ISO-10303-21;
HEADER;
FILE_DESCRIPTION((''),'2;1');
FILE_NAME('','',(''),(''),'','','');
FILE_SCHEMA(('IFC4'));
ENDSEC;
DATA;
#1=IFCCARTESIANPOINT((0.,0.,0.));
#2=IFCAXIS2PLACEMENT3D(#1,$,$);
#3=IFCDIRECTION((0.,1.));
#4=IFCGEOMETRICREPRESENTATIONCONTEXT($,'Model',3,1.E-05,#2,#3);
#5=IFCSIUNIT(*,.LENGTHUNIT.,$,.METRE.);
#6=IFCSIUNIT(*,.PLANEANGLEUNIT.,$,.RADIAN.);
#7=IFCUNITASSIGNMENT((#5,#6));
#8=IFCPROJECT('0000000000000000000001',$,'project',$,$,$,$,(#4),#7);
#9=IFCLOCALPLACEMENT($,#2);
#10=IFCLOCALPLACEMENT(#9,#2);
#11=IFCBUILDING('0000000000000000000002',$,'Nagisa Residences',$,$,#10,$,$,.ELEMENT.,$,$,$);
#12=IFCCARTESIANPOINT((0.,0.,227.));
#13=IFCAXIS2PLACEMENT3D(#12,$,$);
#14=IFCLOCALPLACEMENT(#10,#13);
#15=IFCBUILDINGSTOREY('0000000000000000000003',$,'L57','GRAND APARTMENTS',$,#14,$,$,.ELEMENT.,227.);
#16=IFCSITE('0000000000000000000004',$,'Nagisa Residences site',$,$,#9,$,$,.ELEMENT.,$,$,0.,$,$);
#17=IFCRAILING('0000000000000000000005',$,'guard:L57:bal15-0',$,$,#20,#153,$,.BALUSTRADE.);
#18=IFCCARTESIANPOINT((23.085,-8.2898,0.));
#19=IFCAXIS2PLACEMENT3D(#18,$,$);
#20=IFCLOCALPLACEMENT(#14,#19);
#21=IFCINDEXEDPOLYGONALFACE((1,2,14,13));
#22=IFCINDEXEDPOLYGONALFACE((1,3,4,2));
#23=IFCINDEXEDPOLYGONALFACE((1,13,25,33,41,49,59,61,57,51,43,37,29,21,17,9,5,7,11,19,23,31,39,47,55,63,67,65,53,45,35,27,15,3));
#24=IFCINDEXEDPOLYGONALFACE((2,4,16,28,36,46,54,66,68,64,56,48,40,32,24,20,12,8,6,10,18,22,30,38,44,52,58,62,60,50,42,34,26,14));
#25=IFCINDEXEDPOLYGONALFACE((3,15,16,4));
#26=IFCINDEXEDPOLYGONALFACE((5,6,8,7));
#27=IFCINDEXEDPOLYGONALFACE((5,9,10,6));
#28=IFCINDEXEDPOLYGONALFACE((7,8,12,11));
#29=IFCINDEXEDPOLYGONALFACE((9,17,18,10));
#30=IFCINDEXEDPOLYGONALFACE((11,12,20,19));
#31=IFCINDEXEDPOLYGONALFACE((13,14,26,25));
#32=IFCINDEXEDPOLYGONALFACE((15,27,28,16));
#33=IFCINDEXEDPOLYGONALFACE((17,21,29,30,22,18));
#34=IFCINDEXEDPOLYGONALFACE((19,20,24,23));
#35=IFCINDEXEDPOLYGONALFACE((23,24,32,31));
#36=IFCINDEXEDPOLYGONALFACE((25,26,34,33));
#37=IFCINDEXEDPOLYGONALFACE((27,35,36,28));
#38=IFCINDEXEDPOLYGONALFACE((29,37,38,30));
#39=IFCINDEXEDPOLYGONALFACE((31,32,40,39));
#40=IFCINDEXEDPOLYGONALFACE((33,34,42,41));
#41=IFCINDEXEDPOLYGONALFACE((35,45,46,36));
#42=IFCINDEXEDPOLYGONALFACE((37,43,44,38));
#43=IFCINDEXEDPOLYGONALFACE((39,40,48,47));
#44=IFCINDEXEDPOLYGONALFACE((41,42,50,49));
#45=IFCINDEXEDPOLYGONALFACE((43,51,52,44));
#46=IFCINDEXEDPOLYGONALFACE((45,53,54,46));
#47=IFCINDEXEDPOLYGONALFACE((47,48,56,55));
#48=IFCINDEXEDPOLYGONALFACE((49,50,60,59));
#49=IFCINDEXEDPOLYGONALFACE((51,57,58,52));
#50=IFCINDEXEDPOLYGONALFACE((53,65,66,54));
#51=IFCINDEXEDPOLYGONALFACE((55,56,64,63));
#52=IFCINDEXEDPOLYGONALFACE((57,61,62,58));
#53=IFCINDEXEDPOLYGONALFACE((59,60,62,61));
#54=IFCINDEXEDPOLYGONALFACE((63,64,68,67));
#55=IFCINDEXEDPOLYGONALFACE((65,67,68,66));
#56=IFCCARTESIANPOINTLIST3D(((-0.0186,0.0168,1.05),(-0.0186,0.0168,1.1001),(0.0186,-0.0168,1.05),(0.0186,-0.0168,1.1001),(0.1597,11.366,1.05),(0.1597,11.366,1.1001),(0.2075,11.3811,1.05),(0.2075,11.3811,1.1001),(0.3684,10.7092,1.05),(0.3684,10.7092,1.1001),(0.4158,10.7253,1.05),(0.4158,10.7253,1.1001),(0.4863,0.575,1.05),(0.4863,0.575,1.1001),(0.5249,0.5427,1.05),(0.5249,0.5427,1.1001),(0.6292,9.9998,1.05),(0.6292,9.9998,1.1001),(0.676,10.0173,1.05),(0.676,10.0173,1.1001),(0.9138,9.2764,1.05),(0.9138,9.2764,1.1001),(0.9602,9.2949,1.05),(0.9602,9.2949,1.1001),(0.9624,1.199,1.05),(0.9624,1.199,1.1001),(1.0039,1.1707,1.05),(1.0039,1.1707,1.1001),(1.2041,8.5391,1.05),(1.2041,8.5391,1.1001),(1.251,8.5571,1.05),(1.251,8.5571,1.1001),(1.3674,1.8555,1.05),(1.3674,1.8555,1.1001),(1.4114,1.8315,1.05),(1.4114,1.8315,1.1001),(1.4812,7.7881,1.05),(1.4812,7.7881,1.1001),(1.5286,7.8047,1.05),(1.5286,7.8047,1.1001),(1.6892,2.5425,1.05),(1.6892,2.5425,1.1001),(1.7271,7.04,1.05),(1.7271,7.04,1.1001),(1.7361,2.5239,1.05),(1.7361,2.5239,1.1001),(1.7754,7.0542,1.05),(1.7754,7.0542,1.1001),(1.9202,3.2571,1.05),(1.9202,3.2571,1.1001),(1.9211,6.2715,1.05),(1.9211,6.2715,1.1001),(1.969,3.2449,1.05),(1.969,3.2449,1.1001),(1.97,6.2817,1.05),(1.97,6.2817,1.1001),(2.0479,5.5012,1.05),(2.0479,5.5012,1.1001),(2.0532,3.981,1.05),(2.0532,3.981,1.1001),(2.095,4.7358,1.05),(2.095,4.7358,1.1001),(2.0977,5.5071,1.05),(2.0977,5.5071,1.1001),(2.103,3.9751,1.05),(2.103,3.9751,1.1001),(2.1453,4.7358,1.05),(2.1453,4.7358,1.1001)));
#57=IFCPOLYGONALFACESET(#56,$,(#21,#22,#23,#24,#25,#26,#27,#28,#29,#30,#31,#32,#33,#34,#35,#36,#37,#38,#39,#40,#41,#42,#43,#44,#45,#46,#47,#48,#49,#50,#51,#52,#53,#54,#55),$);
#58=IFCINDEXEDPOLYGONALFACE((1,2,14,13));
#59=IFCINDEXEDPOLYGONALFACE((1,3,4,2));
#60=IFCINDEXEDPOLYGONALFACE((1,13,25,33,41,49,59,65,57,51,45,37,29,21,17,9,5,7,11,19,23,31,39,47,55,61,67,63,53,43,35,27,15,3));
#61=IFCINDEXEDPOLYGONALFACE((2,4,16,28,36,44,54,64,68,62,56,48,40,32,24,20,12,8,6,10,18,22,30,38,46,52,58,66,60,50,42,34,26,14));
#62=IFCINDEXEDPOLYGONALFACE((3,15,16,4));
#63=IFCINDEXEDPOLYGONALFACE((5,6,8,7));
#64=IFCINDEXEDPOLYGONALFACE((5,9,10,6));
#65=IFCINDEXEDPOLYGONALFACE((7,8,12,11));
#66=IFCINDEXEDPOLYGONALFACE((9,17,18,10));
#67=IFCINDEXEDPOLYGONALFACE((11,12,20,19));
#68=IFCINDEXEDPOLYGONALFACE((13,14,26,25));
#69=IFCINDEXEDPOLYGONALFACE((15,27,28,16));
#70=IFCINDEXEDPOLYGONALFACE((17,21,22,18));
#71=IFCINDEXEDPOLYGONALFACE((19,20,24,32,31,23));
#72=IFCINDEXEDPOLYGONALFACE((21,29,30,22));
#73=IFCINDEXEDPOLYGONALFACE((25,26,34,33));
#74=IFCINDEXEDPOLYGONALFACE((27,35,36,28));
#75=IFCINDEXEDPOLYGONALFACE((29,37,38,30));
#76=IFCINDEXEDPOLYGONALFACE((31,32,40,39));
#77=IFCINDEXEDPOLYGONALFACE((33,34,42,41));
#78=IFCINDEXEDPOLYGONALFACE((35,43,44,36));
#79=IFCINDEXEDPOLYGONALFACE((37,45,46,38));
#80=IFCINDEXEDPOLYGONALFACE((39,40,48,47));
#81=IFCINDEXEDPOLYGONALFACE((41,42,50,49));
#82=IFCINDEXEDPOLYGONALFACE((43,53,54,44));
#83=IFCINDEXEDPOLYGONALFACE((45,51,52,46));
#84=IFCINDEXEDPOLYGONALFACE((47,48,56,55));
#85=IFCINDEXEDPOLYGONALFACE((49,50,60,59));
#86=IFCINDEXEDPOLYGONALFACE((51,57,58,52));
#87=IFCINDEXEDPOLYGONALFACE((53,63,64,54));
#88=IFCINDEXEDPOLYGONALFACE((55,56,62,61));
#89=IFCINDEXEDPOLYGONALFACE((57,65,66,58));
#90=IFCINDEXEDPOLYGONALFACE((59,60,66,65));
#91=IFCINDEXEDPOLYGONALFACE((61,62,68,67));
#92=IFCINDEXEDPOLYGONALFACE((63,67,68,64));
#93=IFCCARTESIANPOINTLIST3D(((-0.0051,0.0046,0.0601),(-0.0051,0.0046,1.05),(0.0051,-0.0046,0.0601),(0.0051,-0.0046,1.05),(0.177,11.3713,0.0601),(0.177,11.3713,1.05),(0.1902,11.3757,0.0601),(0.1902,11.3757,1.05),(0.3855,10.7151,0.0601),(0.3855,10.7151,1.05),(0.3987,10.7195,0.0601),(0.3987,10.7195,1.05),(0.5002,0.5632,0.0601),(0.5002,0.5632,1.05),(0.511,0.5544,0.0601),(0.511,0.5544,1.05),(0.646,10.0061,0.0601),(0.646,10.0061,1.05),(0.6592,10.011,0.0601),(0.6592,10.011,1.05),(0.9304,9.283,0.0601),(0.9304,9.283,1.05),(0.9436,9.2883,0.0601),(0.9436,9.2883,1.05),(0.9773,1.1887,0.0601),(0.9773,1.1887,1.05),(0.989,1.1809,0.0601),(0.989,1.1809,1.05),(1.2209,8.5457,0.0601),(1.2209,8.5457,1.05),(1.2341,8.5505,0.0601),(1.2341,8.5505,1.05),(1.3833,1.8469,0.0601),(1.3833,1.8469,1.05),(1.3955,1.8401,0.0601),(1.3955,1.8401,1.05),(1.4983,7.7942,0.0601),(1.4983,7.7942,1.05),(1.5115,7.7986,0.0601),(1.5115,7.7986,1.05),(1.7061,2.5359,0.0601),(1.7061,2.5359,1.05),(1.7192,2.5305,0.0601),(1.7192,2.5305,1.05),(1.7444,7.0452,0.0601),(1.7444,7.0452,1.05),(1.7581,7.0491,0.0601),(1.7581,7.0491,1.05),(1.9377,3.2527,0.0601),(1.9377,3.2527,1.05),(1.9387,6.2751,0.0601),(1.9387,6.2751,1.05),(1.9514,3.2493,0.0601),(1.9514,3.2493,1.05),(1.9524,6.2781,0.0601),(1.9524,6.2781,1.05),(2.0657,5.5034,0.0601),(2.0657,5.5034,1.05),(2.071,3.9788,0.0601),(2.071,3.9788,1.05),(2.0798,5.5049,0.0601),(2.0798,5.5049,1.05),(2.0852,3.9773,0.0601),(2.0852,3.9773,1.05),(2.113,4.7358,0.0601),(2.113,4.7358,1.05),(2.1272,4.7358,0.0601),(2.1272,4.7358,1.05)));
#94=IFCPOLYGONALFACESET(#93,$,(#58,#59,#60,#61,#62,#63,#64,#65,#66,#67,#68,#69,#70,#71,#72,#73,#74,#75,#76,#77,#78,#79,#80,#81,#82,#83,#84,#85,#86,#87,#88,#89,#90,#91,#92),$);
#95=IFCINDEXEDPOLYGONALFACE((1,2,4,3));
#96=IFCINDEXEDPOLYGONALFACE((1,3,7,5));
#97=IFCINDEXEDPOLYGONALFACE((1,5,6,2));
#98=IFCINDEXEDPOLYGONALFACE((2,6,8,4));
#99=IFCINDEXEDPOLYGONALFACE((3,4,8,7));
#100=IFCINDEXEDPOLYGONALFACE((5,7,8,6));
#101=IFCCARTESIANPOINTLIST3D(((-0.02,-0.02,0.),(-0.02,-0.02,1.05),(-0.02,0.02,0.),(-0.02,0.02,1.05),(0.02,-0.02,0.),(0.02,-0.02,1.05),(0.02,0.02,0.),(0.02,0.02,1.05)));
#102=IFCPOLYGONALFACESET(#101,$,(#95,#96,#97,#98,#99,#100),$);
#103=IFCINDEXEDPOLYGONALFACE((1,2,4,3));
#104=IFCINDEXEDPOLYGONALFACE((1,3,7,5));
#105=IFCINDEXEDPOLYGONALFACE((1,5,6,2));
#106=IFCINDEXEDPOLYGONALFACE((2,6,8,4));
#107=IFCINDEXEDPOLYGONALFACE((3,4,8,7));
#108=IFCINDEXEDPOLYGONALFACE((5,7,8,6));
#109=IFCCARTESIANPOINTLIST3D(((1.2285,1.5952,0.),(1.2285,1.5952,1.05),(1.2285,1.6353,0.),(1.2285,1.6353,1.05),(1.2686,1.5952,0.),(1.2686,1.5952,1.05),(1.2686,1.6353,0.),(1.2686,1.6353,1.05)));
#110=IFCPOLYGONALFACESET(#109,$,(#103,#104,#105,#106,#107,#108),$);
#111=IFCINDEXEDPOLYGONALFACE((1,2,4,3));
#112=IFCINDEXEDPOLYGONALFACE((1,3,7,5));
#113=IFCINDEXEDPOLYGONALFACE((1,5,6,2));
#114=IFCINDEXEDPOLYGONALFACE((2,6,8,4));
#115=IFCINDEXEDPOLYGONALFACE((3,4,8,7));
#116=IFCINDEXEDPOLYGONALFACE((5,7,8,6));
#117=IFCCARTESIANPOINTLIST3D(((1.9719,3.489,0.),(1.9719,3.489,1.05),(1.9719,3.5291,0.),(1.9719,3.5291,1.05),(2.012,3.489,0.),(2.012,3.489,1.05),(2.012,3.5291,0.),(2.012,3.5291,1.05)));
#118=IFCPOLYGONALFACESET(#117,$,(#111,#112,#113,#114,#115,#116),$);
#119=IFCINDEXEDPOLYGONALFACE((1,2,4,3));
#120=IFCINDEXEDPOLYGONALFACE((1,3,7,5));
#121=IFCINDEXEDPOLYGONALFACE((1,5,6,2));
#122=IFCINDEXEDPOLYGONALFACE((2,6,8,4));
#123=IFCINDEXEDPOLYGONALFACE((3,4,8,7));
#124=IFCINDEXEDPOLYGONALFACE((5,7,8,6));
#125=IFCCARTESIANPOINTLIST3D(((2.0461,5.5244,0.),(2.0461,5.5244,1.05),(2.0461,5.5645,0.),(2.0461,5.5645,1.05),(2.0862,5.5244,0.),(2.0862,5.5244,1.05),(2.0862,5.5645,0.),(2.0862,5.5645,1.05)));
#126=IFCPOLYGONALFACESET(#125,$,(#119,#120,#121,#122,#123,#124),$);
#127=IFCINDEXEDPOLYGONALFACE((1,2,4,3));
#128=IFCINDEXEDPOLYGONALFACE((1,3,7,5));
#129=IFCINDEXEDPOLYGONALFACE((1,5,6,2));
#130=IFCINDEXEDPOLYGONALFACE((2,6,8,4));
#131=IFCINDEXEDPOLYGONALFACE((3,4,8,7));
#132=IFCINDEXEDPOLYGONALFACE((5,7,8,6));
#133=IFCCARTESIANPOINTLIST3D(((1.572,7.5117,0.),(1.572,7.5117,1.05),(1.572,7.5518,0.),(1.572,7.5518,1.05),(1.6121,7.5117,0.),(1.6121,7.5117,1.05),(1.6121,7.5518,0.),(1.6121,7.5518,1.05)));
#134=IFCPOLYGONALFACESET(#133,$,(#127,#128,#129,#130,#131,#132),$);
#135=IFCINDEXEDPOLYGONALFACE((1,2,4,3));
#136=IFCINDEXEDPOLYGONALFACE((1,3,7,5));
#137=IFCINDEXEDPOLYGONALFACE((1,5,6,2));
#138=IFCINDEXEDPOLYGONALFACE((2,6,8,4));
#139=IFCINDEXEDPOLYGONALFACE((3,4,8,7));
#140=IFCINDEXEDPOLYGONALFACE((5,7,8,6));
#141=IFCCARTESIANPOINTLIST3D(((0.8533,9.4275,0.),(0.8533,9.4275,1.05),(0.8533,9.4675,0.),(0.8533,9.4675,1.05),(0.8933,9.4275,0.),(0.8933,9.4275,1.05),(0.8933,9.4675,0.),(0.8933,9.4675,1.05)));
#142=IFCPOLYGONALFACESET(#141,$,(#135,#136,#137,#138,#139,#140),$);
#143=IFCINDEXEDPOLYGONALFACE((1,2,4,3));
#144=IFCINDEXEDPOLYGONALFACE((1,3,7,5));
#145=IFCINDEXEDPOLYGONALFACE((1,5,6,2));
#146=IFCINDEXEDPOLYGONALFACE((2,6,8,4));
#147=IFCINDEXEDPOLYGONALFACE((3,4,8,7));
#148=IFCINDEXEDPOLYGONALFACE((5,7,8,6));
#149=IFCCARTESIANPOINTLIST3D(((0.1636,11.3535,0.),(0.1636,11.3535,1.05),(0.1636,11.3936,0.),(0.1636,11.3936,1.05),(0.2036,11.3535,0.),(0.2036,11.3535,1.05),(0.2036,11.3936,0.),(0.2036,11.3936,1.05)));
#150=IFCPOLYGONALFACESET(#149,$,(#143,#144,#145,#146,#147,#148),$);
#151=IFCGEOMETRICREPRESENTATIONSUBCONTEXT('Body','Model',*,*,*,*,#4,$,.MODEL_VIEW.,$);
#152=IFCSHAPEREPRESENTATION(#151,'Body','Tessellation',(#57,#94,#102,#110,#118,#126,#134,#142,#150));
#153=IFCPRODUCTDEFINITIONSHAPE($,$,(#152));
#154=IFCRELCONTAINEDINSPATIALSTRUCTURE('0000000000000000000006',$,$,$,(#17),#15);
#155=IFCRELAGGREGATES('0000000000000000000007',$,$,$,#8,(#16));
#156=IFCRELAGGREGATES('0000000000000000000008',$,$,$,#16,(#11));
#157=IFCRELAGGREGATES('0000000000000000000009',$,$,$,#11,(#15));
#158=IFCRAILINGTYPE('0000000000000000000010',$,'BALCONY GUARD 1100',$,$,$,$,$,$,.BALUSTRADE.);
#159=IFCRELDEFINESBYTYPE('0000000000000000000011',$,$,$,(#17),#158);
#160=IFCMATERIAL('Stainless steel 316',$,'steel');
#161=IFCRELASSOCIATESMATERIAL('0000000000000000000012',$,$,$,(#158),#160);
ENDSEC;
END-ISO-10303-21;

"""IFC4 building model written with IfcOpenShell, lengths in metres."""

from ifc_helpers import new_model, si_unit, direction, frame, origin, origin_2d, place, context, subcontext, project, spatial, polyline, rectangle, outline, extrude, material, type_object, element, save


model = new_model("IFC4")

# Units and contexts
model_context = context("Model", 3, precision=1e-05, world=origin(), true_north=direction((0.0, 1.0)))
body_context = subcontext(model_context, "Body", "Model", "MODEL_VIEW")
ifc_project = project(units=[si_unit("LENGTHUNIT", "METRE"), si_unit("PLANEANGLEUNIT", "RADIAN")], contexts=[model_context])

# Site, building, storey
site_placement = place(None, origin())
site = spatial("IfcSite", under=ifc_project, at=site_placement, Name="Nagisa Residences site", CompositionType="ELEMENT", RefElevation=0.0)
building_placement = place(site_placement, origin())
building = spatial("IfcBuilding", under=site, at=building_placement, Name="Nagisa Residences", CompositionType="ELEMENT")
storey_placement = place(building_placement, frame((0.0, 0.0, 227.0)))
storey = spatial("IfcBuildingStorey", under=building, at=storey_placement, Name="L57", Description="GRAND APARTMENTS", CompositionType="ELEMENT", Elevation=227.0)

# Railing
ifc_material_1 = material(Name="Stainless steel 316", Category="steel")
railing_type_1 = type_object("IfcRailingType", Name="BALCONY GUARD 1100", PredefinedType="BALUSTRADE", material=ifc_material_1)
railing_1_placement = place(storey_placement, frame((23.085, -8.2898, 0.0)))
element("IfcRailing", 1, at=railing_1_placement, inside=storey, type_object=railing_type_1, Name="guard:L57:bal15-0", PredefinedType="BALUSTRADE", context=body_context, shape_type="SweptSolid", body=[
    extrude(outline(polyline([(0.4863, 0.575), (-0.0186, 0.0168), (0.0186, -0.0168), (0.5249, 0.5427), (1.0039, 1.1707), (1.4114, 1.8315), (1.7361, 2.5239), (1.969, 3.2449), (2.103, 3.9751), (2.1453, 4.7358), (2.0977, 5.5071), (1.97, 6.2817), (1.7754, 7.0542), (1.5286, 7.8047), (1.251, 8.5571), (0.9602, 9.2949), (0.676, 10.0173), (0.4158, 10.7253), (0.2075, 11.3811), (0.1597, 11.366), (0.3684, 10.7092), (0.6292, 9.9998), (0.9138, 9.2764), (1.2041, 8.5391), (1.4812, 7.7881), (1.7271, 7.04), (1.9211, 6.2715), (2.0479, 5.5012), (2.095, 4.7358), (2.0532, 3.981), (1.9202, 3.2571), (1.6892, 2.5425), (1.3674, 1.8555), (0.9624, 1.199), (0.4863, 0.575)])), frame((0.0, 0.0, 1.05)), (0.0, 0.0, 1.0), 0.05),
    extrude(outline(polyline([(0.5002, 0.5632), (-0.0051, 0.0046), (0.0051, -0.0046), (0.511, 0.5544), (0.989, 1.1809), (1.3955, 1.8401), (1.7192, 2.5305), (1.9514, 3.2493), (2.0852, 3.9773), (2.1272, 4.7358), (2.0798, 5.5049), (1.9524, 6.2781), (1.7581, 7.0491), (1.5115, 7.7986), (1.2341, 8.5505), (0.9436, 9.2883), (0.6592, 10.011), (0.3987, 10.7195), (0.1902, 11.3757), (0.177, 11.3713), (0.3855, 10.7151), (0.646, 10.0061), (0.9304, 9.283), (1.2209, 8.5457), (1.4983, 7.7942), (1.7444, 7.0452), (1.9387, 6.2751), (2.0657, 5.5034), (2.113, 4.7358), (2.071, 3.9788), (1.9377, 3.2527), (1.7061, 2.5359), (1.3833, 1.8469), (0.9773, 1.1887), (0.5002, 0.5632)])), frame((0.0, 0.0, 0.0601)), (0.0, 0.0, 1.0), 0.99),
    extrude(rectangle(XDim=0.04, YDim=0.04, at=origin_2d()), origin(), (0.0, 0.0, 1.0), 1.05),
    extrude(rectangle(XDim=0.04, YDim=0.04, at=origin_2d()), frame((1.2485, 1.6152, 0.0)), (0.0, 0.0, 1.0), 1.05),
    extrude(rectangle(XDim=0.04, YDim=0.04, at=origin_2d()), frame((1.9919, 3.509, 0.0)), (0.0, 0.0, 1.0), 1.05),
    extrude(rectangle(XDim=0.04, YDim=0.04, at=origin_2d()), frame((2.0662, 5.5444, 0.0)), (0.0, 0.0, 1.0), 1.05),
    extrude(rectangle(XDim=0.04, YDim=0.04, at=origin_2d()), frame((1.592, 7.5317, 0.0)), (0.0, 0.0, 1.0), 1.05),
    extrude(rectangle(XDim=0.04, YDim=0.04, at=origin_2d()), frame((0.8733, 9.4475, 0.0)), (0.0, 0.0, 1.0), 1.05),
    extrude(rectangle(XDim=0.04, YDim=0.04, at=origin_2d()), frame((0.1836, 11.3735, 0.0)), (0.0, 0.0, 1.0), 1.05),
])

save(model, "model.ifc")
